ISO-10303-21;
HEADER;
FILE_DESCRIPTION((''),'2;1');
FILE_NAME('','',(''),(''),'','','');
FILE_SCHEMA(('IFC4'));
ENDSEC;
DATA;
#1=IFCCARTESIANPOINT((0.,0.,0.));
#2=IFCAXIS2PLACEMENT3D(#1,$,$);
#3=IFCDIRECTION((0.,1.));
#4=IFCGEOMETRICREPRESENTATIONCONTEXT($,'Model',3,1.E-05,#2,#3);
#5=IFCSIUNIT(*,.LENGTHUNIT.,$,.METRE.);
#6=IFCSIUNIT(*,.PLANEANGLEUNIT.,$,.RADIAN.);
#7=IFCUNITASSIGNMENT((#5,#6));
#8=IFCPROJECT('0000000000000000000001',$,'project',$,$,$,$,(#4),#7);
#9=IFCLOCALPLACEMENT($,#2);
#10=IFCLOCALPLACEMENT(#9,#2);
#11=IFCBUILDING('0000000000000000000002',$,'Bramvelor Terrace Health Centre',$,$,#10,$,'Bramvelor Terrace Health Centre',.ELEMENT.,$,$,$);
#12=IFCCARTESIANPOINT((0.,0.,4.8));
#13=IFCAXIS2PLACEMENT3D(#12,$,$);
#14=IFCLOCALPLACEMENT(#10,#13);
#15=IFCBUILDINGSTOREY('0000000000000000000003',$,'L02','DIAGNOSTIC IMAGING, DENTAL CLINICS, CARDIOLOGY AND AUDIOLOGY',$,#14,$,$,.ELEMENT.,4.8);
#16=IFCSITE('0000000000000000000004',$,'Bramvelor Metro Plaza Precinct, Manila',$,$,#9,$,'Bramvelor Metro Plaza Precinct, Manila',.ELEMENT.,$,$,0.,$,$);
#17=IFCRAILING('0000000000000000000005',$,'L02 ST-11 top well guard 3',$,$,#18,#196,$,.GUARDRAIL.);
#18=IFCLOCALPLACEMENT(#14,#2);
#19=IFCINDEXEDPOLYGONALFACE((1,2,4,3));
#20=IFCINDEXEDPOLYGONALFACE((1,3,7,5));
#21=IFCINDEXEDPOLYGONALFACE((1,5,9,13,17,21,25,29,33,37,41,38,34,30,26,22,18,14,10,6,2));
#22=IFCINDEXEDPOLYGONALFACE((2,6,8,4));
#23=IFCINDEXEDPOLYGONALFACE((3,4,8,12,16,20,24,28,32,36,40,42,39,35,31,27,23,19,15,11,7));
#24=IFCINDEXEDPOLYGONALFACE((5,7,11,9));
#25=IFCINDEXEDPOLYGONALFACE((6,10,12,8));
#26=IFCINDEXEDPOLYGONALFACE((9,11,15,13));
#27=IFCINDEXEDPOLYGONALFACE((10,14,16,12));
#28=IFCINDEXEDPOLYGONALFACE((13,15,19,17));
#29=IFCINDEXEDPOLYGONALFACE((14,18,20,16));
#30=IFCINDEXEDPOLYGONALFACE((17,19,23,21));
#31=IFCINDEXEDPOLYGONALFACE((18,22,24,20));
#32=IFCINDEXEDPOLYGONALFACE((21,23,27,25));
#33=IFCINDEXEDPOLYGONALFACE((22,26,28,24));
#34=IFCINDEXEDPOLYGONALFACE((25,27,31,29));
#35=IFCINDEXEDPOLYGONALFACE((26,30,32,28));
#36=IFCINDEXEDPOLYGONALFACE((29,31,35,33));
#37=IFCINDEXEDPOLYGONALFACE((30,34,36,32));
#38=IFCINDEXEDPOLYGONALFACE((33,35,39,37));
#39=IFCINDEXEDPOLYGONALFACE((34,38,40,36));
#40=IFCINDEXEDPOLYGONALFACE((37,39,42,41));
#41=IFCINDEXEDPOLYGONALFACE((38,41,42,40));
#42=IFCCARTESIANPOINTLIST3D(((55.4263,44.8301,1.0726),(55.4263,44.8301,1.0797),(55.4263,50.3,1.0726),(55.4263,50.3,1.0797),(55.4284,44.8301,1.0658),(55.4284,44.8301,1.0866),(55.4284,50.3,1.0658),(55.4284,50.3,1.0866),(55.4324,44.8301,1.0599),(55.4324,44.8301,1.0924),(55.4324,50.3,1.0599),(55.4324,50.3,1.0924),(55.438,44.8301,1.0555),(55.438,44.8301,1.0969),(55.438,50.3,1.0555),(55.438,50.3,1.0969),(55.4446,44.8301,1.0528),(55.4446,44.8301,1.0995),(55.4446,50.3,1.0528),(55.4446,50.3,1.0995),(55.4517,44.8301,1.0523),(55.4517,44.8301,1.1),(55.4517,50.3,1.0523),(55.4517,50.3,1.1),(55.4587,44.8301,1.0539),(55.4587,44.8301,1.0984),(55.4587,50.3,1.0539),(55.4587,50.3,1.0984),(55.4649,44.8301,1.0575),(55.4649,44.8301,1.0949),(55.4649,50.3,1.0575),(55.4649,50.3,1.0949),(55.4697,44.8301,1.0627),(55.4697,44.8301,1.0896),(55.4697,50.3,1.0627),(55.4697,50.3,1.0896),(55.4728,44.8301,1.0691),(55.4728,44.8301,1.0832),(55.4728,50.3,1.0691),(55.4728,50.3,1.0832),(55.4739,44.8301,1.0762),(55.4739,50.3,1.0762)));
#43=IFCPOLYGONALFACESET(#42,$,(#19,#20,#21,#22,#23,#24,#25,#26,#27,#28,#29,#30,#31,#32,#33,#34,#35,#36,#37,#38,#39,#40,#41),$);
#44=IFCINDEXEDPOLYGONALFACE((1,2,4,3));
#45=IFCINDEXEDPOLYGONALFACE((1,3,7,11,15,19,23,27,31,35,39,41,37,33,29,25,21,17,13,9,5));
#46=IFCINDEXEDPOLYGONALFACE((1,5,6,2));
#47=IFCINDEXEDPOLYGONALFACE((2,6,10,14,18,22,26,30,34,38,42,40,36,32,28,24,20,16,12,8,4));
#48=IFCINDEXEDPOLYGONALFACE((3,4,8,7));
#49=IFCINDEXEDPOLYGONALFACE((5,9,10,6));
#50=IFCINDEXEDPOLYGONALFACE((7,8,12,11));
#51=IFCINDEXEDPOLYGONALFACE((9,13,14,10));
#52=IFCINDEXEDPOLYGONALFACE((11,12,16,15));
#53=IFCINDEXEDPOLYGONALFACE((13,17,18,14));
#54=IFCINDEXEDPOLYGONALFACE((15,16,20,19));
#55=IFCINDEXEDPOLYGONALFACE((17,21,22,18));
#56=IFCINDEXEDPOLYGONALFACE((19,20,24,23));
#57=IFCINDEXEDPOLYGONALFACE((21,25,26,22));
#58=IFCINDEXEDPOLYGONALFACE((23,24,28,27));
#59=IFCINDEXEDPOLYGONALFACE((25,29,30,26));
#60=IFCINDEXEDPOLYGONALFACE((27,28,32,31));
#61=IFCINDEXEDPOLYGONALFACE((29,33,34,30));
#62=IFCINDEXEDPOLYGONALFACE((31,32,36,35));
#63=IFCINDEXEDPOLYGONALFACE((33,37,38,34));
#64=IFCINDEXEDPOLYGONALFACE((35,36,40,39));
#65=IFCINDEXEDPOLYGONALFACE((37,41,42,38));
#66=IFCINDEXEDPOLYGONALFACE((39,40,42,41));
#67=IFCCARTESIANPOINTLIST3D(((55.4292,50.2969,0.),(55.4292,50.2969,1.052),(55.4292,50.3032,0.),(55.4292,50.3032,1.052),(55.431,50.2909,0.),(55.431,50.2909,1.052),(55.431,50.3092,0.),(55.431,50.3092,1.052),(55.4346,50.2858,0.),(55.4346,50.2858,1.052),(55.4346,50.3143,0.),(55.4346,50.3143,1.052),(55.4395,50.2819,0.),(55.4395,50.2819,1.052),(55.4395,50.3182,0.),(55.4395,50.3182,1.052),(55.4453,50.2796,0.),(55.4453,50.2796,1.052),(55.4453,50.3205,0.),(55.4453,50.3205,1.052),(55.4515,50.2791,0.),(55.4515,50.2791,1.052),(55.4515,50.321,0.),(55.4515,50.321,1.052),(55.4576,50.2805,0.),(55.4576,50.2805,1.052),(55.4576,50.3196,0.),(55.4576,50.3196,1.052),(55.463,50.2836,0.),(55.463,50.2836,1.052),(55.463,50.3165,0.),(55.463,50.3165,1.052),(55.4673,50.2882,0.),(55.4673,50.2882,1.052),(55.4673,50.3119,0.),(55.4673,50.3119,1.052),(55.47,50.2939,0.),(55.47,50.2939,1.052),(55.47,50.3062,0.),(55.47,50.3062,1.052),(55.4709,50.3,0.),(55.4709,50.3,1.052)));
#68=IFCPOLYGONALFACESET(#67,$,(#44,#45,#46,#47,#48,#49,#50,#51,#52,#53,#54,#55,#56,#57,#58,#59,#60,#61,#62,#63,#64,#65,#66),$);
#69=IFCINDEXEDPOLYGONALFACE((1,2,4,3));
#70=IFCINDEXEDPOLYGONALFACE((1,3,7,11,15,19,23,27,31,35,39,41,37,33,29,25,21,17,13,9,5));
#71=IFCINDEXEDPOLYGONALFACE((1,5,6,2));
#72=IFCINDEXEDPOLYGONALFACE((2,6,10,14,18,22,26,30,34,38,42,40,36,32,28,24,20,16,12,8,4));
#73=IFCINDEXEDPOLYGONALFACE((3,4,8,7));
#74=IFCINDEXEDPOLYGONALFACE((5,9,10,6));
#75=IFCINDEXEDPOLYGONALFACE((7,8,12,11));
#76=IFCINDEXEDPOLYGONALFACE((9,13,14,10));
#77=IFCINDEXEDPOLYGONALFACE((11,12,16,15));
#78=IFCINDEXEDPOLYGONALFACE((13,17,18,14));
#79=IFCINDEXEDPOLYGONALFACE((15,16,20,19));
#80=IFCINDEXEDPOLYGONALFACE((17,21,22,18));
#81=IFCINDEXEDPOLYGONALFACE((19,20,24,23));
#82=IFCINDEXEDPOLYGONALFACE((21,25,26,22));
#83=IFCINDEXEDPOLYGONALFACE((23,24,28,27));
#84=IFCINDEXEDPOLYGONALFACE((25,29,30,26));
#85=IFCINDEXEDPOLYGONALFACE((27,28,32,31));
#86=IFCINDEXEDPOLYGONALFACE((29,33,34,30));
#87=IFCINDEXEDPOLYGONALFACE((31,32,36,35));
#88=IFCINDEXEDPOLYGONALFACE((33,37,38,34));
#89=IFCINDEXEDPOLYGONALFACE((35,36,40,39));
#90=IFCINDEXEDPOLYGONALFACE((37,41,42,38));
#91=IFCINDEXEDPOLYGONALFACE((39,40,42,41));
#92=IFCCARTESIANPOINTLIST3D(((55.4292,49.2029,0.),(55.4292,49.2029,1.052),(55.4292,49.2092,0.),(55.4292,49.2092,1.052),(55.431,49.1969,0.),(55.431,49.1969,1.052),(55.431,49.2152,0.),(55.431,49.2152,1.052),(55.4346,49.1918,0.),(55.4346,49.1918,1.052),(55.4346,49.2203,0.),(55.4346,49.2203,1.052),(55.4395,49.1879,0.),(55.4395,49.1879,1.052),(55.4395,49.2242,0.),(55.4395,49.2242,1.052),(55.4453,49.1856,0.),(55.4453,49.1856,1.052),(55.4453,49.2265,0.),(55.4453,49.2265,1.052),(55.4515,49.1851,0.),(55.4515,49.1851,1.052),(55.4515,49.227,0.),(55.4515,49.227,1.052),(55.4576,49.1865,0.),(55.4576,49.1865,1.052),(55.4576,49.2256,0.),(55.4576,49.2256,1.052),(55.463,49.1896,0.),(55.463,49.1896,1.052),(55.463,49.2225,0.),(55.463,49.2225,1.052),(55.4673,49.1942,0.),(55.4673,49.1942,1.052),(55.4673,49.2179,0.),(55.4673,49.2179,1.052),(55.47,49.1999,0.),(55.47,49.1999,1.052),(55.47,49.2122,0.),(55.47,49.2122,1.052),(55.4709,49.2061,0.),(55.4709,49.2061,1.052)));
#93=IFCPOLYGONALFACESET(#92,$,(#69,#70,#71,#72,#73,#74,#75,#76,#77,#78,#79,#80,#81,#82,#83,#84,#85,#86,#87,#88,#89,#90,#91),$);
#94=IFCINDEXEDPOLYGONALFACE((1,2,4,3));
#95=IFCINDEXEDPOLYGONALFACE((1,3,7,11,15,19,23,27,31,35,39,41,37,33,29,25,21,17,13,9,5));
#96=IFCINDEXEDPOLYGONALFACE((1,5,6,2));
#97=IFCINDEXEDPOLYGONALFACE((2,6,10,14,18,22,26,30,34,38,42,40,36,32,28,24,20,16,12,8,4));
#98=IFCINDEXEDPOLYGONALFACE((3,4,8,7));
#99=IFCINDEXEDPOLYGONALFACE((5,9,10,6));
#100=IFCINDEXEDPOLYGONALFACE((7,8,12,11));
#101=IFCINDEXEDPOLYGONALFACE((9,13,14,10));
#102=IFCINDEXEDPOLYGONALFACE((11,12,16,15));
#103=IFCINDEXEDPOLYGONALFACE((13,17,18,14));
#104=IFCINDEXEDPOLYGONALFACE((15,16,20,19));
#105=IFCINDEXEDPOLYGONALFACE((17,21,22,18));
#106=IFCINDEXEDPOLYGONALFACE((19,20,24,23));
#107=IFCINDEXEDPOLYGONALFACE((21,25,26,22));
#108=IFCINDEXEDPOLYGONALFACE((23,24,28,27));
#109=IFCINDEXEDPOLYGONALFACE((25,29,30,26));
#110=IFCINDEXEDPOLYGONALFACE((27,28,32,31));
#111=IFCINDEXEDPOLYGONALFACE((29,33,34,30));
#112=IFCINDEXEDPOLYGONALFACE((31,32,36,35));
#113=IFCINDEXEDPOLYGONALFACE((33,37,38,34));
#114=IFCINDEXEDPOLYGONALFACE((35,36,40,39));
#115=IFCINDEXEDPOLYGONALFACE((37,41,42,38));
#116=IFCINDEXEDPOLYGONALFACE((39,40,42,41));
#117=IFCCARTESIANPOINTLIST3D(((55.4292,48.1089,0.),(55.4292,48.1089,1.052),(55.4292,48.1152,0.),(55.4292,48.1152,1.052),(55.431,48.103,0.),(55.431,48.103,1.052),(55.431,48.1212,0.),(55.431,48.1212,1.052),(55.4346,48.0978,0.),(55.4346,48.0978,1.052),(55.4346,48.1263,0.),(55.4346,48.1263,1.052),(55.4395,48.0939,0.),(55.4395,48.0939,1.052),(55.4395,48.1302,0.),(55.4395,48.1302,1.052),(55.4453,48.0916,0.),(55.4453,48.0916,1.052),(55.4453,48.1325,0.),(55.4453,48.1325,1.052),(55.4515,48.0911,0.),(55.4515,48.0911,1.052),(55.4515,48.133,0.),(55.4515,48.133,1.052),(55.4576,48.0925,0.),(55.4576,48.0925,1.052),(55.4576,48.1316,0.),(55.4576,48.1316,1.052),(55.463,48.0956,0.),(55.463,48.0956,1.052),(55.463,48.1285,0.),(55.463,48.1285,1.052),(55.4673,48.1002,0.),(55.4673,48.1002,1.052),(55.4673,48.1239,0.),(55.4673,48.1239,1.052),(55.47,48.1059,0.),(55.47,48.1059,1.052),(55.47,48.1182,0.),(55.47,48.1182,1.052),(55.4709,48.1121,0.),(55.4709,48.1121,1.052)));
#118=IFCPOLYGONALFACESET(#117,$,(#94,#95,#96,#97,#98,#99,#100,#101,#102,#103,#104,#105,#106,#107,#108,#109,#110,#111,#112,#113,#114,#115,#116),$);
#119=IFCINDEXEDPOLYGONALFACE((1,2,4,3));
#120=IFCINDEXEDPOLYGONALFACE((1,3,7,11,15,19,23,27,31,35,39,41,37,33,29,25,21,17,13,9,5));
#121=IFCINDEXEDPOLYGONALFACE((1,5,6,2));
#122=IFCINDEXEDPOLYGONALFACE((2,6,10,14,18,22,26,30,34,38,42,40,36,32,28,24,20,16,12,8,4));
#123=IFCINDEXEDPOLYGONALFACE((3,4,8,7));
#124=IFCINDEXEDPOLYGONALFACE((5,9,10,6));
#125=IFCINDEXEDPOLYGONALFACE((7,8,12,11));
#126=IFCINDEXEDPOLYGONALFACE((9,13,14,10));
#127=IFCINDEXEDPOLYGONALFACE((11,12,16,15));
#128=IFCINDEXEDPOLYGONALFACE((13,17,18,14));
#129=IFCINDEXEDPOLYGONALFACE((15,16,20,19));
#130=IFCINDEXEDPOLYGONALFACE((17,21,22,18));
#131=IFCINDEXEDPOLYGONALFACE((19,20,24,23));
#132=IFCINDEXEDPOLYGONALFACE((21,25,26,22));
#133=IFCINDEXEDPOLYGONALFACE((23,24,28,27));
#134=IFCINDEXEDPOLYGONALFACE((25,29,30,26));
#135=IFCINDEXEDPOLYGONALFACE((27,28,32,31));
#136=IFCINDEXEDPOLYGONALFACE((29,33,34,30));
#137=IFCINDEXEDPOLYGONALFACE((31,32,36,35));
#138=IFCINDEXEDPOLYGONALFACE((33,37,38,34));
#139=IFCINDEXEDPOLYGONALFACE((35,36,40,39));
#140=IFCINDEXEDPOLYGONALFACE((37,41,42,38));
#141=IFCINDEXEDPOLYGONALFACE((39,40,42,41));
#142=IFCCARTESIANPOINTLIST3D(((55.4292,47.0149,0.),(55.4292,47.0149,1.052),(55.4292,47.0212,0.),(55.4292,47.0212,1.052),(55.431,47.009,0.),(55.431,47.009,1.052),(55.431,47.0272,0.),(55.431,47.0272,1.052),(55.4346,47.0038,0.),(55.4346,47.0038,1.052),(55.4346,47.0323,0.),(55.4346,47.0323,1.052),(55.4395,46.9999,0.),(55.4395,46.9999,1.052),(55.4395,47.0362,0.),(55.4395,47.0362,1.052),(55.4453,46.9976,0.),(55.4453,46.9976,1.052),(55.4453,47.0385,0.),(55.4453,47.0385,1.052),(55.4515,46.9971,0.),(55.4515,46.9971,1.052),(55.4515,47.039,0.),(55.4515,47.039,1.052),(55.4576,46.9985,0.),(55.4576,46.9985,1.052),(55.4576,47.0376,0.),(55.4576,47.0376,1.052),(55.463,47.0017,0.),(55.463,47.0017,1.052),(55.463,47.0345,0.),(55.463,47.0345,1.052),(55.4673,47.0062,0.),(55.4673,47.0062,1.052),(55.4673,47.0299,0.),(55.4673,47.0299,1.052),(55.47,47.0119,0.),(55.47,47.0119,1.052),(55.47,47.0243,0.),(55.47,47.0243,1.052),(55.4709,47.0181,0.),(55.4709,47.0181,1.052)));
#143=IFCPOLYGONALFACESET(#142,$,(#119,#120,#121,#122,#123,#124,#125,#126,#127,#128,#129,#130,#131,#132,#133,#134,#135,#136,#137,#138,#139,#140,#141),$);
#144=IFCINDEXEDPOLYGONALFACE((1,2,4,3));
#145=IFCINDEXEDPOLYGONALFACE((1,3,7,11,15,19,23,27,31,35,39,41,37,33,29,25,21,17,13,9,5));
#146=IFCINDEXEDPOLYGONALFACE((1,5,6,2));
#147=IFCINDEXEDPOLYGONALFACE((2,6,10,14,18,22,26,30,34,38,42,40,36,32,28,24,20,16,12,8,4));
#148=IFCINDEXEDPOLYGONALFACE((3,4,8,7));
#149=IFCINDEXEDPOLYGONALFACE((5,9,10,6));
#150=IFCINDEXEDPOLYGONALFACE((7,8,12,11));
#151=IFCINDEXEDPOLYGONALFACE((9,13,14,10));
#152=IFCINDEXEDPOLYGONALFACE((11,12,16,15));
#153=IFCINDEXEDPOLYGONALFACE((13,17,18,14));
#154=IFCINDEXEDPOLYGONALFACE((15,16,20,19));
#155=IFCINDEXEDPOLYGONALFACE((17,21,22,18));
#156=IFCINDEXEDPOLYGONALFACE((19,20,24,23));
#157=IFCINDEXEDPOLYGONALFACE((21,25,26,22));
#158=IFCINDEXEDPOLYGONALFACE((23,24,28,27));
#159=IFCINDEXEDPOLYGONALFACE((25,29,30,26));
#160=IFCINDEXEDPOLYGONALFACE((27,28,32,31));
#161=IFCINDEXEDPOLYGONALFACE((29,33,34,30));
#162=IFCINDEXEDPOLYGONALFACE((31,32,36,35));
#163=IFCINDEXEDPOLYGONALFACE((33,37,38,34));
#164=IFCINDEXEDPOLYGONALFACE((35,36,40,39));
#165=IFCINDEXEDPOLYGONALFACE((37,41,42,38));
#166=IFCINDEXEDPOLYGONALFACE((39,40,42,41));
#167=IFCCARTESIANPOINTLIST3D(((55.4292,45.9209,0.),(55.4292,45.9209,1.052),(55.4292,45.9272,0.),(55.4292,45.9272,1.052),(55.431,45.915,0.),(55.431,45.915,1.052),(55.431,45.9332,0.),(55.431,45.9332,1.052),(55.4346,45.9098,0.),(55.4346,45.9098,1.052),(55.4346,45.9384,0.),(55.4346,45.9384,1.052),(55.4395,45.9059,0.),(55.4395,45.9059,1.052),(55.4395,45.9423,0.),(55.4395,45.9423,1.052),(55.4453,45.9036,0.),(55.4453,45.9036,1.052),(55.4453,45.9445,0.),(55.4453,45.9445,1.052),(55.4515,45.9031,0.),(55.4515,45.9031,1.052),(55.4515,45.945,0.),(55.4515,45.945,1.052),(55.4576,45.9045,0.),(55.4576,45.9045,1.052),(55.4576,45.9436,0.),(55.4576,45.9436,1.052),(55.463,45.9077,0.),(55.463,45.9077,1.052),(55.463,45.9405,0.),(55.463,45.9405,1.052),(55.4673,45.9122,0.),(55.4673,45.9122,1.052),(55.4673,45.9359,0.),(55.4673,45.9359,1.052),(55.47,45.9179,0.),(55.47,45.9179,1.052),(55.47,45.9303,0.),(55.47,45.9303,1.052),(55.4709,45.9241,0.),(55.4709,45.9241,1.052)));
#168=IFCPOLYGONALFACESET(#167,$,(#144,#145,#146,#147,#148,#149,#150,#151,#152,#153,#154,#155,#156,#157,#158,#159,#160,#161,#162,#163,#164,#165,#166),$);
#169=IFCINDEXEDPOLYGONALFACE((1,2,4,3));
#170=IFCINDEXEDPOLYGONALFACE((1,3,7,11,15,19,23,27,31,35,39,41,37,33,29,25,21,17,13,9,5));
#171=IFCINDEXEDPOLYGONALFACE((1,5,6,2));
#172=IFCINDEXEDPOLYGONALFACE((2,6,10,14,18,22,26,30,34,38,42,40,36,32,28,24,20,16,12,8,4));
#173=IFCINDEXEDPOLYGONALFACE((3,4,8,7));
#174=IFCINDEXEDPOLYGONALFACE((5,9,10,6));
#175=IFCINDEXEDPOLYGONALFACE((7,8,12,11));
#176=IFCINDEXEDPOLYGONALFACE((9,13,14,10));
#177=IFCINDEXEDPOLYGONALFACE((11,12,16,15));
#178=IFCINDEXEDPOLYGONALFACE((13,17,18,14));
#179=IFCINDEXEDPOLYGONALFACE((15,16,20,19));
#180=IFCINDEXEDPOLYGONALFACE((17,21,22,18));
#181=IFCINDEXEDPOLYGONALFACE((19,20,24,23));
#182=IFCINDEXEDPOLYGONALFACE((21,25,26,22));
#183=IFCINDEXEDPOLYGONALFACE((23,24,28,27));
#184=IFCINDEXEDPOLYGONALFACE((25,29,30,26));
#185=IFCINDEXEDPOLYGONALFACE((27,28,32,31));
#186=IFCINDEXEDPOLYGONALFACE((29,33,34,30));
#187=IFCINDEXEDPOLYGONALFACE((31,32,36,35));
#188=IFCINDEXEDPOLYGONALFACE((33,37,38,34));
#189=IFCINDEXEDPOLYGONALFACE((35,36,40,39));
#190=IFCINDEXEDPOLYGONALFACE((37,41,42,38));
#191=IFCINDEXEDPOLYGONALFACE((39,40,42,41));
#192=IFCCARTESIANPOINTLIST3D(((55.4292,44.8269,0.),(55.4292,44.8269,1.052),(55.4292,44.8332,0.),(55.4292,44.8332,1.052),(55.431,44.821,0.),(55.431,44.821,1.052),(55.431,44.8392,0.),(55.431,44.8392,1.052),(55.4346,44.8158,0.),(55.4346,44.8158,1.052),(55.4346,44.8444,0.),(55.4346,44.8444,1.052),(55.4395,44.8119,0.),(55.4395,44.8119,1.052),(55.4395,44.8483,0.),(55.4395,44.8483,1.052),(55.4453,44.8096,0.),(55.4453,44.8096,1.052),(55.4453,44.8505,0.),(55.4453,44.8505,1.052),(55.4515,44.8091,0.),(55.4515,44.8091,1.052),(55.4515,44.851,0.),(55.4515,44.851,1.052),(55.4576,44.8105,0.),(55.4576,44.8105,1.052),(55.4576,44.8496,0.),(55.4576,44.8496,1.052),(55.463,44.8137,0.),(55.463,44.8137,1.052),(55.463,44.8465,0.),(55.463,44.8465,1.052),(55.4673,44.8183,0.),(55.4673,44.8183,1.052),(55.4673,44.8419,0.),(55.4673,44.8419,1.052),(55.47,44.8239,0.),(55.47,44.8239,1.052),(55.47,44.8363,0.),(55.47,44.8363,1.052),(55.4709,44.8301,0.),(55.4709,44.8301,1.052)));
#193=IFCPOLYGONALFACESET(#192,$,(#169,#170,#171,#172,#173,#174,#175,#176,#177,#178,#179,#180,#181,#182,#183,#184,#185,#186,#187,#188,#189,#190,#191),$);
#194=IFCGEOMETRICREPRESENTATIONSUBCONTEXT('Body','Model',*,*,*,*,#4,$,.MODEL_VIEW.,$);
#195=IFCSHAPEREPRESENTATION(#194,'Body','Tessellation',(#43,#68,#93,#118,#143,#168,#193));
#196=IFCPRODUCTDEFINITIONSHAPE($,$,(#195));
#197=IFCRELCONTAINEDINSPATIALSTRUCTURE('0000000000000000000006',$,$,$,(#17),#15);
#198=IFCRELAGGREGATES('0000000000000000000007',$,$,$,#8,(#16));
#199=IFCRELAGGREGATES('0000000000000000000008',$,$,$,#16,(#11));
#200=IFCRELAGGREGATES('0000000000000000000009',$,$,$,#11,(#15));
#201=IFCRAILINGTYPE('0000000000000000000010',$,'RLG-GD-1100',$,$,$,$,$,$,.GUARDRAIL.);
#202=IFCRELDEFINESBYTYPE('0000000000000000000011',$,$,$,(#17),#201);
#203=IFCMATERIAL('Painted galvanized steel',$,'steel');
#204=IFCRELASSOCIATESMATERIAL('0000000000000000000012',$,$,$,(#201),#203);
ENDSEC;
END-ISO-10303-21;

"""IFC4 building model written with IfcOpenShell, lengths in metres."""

from ifc_helpers import new_model, si_unit, direction, frame, origin, origin_2d, place, context, subcontext, project, spatial, circle, extrude, material, type_object, element, save


model = new_model("IFC4")

# Units and contexts
model_context = context("Model", 3, precision=1e-05, world=origin(), true_north=direction((0.0, 1.0)))
body_context = subcontext(model_context, "Body", "Model", "MODEL_VIEW")
ifc_project = project(units=[si_unit("LENGTHUNIT", "METRE"), si_unit("PLANEANGLEUNIT", "RADIAN")], contexts=[model_context])

# Site, building, storey
site_placement = place(None, origin())
site = spatial("IfcSite", under=ifc_project, at=site_placement, Name="Bramvelor Metro Plaza Precinct, Manila", LongName="Bramvelor Metro Plaza Precinct, Manila", CompositionType="ELEMENT", RefElevation=0.0)
building_placement = place(site_placement, origin())
building = spatial("IfcBuilding", under=site, at=building_placement, Name="Bramvelor Terrace Health Centre", LongName="Bramvelor Terrace Health Centre", CompositionType="ELEMENT")
storey_placement = place(building_placement, frame((0.0, 0.0, 4.8)))
storey = spatial("IfcBuildingStorey", under=building, at=storey_placement, Name="L02", Description="DIAGNOSTIC IMAGING, DENTAL CLINICS, CARDIOLOGY AND AUDIOLOGY", CompositionType="ELEMENT", Elevation=4.8)

# Railing
ifc_material_1 = material(Name="Painted galvanized steel", Category="steel")
railing_type = type_object("IfcRailingType", Name="RLG-GD-1100", PredefinedType="GUARDRAIL", material=ifc_material_1)
for number, where, name in (
    (1, (55.45, 50.3, 0.0), "L02 ST-11 top well guard 3"),
):
    element("IfcRailing", number, at=place(storey_placement, frame(where)), inside=storey, type_object=railing_type, Name=name, PredefinedType="GUARDRAIL", context=body_context, shape_type="SweptSolid", body=[
        extrude(circle(Radius=0.0239, at=origin_2d()), frame((0.0, 0.0, 1.0762), z_axis=(0.0, -1.0, 0.0), x_axis=(1.0, 0.0, 0.0)), (0.0, 0.0, 1.0), 5.47),
        extrude(circle(Radius=0.021, at=origin_2d()), origin(), (0.0, 0.0, 1.0), 1.052),
        extrude(circle(Radius=0.021, at=origin_2d()), frame((0.0, -1.094, 0.0)), (0.0, 0.0, 1.0), 1.052),
        extrude(circle(Radius=0.021, at=origin_2d()), frame((0.0, -2.188, 0.0)), (0.0, 0.0, 1.0), 1.052),
        extrude(circle(Radius=0.021, at=origin_2d()), frame((0.0, -3.282, 0.0)), (0.0, 0.0, 1.0), 1.052),
        extrude(circle(Radius=0.021, at=origin_2d()), frame((0.0, -4.376, 0.0)), (0.0, 0.0, 1.0), 1.052),
        extrude(circle(Radius=0.021, at=origin_2d()), frame((0.0, -5.47, 0.0)), (0.0, 0.0, 1.0), 1.052),
    ])

save(model, "model.ifc")
